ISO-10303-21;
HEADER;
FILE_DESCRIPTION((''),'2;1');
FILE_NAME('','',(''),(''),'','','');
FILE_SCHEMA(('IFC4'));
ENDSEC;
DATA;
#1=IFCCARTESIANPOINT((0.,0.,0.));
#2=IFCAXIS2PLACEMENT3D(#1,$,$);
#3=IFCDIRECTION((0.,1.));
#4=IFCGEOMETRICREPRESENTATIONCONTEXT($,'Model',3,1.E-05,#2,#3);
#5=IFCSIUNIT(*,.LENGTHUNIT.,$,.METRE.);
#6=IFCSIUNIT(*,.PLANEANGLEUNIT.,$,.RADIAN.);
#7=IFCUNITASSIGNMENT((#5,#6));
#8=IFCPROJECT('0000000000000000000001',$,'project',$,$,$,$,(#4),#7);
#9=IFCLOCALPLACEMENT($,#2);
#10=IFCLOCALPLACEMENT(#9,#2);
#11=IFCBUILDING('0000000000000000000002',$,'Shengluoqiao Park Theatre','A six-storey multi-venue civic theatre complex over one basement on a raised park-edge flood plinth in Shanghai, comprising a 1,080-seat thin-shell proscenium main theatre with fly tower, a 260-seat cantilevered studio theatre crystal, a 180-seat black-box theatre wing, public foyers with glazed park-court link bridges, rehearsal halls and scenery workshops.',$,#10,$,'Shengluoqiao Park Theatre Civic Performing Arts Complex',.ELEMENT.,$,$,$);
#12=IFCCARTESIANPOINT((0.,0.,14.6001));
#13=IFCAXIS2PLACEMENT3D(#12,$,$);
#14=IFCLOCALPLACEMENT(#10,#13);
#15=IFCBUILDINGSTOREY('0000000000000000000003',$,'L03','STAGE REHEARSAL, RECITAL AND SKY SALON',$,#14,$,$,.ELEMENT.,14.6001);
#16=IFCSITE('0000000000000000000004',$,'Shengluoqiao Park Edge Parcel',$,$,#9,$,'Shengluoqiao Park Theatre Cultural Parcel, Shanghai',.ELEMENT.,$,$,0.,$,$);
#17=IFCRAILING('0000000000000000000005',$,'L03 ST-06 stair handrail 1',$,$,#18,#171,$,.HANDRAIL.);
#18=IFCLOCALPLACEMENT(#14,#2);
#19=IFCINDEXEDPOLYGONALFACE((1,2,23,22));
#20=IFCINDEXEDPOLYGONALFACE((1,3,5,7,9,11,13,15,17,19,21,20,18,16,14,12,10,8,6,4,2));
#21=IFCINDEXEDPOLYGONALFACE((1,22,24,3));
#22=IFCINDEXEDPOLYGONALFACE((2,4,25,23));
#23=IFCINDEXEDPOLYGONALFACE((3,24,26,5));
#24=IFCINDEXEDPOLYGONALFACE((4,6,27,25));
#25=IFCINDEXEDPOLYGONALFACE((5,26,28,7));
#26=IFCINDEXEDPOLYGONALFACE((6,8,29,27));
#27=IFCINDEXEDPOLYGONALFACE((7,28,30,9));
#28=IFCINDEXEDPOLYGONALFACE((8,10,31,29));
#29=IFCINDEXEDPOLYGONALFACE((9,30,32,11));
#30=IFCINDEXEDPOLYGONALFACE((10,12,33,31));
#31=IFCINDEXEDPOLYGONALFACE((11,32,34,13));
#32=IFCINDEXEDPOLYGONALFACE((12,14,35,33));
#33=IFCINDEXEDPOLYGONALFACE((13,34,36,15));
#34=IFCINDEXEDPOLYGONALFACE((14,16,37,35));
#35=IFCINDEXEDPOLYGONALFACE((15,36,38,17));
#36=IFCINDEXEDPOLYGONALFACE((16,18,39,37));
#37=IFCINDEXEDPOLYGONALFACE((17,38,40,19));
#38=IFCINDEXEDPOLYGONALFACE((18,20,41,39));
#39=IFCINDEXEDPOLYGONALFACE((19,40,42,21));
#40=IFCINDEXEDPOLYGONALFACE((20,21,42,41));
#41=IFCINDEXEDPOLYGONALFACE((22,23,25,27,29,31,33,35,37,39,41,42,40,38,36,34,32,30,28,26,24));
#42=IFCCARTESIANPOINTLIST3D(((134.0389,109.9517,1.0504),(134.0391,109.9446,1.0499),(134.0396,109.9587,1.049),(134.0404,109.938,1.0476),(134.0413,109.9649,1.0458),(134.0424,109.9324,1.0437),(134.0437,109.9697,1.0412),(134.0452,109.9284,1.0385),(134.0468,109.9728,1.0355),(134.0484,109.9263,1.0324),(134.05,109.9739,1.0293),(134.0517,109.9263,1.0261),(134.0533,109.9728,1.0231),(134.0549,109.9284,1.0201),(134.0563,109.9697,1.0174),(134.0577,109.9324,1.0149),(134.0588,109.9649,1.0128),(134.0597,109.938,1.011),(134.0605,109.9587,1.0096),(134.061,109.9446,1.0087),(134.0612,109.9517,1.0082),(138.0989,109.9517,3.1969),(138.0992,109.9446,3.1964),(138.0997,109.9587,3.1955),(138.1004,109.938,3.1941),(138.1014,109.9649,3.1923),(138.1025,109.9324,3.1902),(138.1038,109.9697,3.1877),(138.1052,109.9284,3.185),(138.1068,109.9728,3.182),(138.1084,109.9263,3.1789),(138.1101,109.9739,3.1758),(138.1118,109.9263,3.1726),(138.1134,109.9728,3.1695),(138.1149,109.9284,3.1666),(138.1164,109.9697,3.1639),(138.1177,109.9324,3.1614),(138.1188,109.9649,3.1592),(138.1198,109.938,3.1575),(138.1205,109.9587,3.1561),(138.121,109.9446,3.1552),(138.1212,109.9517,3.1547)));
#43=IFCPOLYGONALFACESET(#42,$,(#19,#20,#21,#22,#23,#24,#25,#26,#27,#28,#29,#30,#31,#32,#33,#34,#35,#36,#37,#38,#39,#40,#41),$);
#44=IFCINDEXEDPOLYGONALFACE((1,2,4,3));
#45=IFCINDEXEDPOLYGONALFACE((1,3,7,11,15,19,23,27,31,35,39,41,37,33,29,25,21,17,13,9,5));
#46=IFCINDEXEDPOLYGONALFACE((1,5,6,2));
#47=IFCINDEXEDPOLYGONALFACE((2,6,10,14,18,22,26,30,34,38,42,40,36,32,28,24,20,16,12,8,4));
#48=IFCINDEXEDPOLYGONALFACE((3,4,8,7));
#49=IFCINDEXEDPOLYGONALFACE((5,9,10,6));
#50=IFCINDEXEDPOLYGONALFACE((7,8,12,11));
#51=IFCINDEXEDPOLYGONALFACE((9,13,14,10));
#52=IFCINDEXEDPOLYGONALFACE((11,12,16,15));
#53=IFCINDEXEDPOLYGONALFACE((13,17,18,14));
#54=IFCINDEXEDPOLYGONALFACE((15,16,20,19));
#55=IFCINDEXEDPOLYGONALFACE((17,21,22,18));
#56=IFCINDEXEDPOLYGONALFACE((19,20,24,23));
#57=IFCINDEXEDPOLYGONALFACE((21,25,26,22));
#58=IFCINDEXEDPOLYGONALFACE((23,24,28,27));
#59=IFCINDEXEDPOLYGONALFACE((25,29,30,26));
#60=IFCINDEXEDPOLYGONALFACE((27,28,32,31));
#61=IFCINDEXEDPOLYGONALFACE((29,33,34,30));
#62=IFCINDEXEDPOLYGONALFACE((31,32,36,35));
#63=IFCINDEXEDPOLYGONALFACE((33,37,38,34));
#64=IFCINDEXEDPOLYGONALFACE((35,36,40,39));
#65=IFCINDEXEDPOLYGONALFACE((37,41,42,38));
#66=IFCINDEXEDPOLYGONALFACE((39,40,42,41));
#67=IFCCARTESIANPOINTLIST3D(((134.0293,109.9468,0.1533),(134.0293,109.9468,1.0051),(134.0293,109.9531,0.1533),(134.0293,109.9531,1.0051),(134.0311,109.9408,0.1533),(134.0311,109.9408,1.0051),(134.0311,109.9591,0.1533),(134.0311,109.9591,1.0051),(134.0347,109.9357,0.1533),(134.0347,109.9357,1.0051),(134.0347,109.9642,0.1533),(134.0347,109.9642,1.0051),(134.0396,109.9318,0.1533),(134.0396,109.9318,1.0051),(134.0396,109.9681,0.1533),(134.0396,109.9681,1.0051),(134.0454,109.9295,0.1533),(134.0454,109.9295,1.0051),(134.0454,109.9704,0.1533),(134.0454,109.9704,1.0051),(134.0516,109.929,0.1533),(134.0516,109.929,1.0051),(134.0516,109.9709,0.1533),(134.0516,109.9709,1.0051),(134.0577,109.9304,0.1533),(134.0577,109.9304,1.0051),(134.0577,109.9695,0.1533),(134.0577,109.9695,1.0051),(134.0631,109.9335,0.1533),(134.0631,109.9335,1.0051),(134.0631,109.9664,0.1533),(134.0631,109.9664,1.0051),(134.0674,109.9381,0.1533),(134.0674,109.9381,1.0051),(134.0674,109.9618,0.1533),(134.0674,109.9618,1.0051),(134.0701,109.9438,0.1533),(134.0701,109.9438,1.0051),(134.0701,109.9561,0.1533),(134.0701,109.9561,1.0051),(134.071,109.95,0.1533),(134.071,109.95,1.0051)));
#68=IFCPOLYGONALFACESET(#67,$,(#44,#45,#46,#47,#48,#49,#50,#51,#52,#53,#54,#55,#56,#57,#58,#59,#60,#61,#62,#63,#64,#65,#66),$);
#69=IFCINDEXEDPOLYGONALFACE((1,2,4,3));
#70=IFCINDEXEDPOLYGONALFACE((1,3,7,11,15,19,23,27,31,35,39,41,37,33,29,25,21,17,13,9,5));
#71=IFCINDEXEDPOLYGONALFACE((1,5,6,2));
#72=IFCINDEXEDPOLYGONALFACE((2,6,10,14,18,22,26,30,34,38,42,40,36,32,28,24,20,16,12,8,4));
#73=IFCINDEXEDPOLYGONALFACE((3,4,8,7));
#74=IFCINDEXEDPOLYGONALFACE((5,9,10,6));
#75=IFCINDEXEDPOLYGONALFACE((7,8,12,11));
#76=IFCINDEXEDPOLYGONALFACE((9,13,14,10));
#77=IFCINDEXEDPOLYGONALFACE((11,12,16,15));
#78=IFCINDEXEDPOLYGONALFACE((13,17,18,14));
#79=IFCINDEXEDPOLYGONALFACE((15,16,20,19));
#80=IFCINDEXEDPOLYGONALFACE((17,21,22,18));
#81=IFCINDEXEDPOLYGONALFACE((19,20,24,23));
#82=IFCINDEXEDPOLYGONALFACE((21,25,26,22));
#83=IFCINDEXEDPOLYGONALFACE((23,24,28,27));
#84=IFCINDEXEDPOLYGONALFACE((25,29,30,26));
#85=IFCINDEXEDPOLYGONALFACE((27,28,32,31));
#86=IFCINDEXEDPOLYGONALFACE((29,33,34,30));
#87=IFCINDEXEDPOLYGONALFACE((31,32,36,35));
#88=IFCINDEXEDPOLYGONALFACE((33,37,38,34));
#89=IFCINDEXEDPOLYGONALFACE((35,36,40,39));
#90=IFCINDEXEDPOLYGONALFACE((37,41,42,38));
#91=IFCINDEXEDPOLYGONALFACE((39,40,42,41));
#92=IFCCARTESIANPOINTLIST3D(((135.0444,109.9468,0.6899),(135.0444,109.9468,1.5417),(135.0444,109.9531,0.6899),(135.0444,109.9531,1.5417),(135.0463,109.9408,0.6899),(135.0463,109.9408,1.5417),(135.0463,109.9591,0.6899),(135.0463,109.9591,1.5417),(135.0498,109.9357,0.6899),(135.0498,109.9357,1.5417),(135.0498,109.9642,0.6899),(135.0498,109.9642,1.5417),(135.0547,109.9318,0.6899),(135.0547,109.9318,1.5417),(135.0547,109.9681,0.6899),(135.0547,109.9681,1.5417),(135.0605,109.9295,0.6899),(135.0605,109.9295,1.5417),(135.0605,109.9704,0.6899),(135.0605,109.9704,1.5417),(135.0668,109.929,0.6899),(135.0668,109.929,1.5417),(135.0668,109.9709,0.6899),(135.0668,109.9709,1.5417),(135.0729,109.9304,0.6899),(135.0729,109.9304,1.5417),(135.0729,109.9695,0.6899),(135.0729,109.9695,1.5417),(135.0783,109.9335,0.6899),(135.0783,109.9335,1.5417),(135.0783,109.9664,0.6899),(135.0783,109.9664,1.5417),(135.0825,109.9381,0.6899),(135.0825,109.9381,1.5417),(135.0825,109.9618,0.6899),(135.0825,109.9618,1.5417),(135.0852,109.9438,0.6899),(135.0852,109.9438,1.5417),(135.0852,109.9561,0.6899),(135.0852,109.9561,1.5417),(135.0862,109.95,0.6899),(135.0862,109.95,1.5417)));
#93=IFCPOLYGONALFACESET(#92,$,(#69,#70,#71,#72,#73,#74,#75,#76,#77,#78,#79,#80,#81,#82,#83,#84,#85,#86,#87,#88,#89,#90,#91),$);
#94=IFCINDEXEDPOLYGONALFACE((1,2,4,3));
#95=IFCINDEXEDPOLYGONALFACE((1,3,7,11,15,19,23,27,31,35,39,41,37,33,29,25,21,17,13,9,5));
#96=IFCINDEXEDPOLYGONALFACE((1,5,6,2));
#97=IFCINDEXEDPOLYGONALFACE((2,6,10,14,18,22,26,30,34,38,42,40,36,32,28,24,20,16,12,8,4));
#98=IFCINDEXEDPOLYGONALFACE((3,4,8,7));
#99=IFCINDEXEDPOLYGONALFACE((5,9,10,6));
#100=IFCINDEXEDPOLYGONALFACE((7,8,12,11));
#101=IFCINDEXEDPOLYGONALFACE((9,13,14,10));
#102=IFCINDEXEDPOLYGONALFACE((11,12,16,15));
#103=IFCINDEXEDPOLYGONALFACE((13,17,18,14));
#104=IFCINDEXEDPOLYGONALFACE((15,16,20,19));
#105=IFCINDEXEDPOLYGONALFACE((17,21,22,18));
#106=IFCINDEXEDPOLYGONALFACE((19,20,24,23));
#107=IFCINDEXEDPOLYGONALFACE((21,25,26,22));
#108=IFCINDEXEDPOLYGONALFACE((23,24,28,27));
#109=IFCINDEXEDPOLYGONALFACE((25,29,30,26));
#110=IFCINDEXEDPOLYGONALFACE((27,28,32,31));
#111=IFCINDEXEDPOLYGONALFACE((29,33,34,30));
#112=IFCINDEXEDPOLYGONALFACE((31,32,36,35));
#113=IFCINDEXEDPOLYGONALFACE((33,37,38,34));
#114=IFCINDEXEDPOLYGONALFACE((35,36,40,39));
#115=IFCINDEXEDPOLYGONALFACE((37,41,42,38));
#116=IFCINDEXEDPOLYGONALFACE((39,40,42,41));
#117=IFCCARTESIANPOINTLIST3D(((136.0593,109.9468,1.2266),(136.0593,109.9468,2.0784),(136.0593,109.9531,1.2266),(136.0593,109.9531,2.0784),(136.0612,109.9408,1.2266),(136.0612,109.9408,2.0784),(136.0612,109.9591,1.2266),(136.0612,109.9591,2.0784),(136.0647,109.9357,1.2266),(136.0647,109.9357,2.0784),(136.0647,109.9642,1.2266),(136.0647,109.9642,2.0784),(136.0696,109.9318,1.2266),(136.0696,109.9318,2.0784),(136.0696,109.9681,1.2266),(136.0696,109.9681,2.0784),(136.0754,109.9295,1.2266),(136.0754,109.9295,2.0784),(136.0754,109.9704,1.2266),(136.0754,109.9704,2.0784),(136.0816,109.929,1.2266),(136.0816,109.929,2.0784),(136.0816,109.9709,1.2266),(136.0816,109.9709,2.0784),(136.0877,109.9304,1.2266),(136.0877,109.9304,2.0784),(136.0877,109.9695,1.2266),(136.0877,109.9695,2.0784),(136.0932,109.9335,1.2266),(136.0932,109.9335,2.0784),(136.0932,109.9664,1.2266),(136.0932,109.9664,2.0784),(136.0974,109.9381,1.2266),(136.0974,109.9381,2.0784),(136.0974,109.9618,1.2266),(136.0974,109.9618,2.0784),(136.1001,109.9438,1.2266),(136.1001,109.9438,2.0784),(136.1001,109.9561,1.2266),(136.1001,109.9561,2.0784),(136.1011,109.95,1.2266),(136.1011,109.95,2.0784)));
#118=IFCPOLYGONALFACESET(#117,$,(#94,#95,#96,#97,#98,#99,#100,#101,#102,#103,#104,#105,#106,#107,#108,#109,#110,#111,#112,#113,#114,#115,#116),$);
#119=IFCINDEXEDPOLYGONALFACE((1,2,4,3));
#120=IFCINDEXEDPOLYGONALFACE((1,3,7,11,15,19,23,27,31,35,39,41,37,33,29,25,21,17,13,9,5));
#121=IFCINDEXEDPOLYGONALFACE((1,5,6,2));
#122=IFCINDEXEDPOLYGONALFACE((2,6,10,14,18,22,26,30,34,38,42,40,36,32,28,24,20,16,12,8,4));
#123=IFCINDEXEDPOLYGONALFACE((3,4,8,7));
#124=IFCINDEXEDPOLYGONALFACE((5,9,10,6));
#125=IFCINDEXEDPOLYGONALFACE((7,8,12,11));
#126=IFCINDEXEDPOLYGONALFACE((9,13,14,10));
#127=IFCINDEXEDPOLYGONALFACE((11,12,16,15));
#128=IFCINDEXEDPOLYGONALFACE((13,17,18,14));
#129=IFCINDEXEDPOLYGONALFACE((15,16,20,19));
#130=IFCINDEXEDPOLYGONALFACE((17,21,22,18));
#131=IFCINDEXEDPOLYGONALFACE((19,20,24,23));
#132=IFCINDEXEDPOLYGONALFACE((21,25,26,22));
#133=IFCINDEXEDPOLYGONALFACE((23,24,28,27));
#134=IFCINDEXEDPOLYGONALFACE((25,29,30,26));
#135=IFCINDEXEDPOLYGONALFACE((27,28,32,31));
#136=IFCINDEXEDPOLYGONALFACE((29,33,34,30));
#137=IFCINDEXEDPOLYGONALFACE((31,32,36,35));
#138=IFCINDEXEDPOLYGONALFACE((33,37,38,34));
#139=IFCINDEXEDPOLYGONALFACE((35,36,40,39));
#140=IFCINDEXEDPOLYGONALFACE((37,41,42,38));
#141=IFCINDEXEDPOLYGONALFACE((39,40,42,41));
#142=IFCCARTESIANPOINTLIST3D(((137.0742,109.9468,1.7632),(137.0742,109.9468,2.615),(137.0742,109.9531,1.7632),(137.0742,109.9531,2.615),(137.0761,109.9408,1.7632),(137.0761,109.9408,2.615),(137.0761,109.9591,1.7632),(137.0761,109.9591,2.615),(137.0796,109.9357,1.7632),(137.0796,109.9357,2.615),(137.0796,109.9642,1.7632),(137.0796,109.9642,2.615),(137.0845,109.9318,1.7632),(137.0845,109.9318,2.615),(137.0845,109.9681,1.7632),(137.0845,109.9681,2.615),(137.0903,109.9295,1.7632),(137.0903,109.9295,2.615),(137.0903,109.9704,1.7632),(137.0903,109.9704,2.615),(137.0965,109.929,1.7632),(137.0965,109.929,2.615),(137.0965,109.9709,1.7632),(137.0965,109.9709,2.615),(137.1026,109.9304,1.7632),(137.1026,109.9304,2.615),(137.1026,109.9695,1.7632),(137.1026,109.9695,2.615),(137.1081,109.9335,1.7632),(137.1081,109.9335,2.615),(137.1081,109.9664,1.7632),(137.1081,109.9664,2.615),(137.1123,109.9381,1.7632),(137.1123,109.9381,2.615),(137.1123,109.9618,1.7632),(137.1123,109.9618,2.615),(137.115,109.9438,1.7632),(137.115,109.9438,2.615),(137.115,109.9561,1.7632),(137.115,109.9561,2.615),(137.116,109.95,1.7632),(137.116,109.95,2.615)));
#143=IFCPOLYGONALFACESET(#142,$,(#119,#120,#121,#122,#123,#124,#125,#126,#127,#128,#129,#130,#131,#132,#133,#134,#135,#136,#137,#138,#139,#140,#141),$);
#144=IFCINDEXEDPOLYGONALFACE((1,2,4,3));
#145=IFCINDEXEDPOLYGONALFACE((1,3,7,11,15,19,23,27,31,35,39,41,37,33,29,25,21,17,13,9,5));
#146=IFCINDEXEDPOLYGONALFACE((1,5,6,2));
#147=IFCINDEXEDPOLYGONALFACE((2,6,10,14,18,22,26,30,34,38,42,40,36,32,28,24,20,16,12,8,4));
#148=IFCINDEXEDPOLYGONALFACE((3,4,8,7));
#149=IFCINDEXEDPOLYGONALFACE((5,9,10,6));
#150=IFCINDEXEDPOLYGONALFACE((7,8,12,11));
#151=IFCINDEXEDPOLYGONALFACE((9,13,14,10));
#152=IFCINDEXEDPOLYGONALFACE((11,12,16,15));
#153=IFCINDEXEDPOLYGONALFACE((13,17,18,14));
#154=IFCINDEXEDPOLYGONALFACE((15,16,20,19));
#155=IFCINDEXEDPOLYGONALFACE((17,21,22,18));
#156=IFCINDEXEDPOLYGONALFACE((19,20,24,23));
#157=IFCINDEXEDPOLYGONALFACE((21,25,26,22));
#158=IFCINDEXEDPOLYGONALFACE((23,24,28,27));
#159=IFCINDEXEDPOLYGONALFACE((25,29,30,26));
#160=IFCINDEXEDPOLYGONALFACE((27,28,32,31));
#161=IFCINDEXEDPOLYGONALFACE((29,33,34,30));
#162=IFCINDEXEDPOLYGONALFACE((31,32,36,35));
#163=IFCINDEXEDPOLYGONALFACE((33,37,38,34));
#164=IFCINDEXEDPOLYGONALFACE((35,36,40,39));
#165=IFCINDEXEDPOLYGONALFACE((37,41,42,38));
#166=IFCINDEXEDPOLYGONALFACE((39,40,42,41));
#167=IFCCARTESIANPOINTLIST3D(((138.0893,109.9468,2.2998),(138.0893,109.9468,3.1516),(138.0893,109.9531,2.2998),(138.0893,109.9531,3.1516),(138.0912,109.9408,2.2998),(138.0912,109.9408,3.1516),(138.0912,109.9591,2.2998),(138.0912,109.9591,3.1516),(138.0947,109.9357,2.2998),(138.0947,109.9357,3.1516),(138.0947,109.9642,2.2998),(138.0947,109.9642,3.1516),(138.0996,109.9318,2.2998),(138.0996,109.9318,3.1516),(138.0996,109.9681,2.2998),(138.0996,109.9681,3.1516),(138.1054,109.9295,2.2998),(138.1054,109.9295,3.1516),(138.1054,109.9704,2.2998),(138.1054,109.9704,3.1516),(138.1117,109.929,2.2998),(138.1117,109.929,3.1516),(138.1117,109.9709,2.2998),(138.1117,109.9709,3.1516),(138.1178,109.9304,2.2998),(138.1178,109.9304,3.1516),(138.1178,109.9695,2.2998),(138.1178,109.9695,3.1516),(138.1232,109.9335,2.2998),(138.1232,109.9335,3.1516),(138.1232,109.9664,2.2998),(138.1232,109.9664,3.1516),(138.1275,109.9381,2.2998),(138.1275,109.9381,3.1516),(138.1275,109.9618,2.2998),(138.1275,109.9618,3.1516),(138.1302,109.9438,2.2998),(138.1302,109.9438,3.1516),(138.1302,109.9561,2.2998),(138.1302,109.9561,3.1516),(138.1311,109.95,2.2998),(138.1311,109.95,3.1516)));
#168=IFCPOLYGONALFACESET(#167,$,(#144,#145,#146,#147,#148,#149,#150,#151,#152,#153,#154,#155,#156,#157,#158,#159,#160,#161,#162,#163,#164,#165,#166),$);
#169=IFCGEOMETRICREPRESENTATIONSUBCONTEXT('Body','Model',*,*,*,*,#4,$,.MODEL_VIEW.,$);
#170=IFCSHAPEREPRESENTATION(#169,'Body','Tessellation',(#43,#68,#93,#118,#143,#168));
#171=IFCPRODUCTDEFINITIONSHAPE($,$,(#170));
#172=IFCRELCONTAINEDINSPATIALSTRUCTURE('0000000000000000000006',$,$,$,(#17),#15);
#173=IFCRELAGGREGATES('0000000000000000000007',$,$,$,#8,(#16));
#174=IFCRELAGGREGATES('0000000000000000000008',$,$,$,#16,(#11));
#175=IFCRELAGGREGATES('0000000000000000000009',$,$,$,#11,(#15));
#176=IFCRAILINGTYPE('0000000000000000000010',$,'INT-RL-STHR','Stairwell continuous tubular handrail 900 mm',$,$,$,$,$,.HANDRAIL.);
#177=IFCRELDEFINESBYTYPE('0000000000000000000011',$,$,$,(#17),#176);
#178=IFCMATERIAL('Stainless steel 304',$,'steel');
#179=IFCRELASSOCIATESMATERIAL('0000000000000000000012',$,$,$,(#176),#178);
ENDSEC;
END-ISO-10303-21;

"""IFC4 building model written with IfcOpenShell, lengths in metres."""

from ifc_helpers import new_model, si_unit, direction, frame, origin, origin_2d, place, context, subcontext, project, spatial, circle, extrude, material, type_object, element, save


model = new_model("IFC4")

# Units and contexts
model_context = context("Model", 3, precision=1e-05, world=origin(), true_north=direction((0.0, 1.0)))
body_context = subcontext(model_context, "Body", "Model", "MODEL_VIEW")
ifc_project = project(units=[si_unit("LENGTHUNIT", "METRE"), si_unit("PLANEANGLEUNIT", "RADIAN")], contexts=[model_context])

# Site, building, storey
site_placement = place(None, origin())
site = spatial("IfcSite", under=ifc_project, at=site_placement, Name="Shengluoqiao Park Edge Parcel", LongName="Shengluoqiao Park Theatre Cultural Parcel, Shanghai", CompositionType="ELEMENT", RefElevation=0.0)
building_placement = place(site_placement, origin())
building = spatial("IfcBuilding", under=site, at=building_placement, Name="Shengluoqiao Park Theatre", Description="A six-storey multi-venue civic theatre complex over one basement on a raised park-edge flood plinth in Shanghai, comprising a 1,080-seat thin-shell proscenium main theatre with fly tower, a 260-seat cantilevered studio theatre crystal, a 180-seat black-box theatre wing, public foyers with glazed park-court link bridges, rehearsal halls and scenery workshops.", LongName="Shengluoqiao Park Theatre Civic Performing Arts Complex", CompositionType="ELEMENT")
storey_placement = place(building_placement, frame((0.0, 0.0, 14.6001)))
storey = spatial("IfcBuildingStorey", under=building, at=storey_placement, Name="L03", Description="STAGE REHEARSAL, RECITAL AND SKY SALON", CompositionType="ELEMENT", Elevation=14.6001)

# Railing
ifc_material_1 = material(Name="Stainless steel 304", Category="steel")
railing_type_1 = type_object("IfcRailingType", Name="INT-RL-STHR", Description="Stairwell continuous tubular handrail 900 mm", PredefinedType="HANDRAIL", material=ifc_material_1)
railing_1_placement = place(storey_placement, frame((134.05, 109.95, 0.1533)))
element("IfcRailing", 1, at=railing_1_placement, inside=storey, type_object=railing_type_1, Name="L03 ST-06 stair handrail 1", PredefinedType="HANDRAIL", context=body_context, shape_type="SweptSolid", body=[
    extrude(circle(Radius=0.0239, at=origin_2d()), frame((0.0, 0.0, 0.876), z_axis=(0.884054, 0.0, 0.467384), x_axis=(0.0, 1.0, 0.0)), (0.0, 0.0, 1.0), 4.5925),
    extrude(circle(Radius=0.021, at=origin_2d()), origin(), (0.0, 0.0, 1.0), 0.8518),
    extrude(circle(Radius=0.021, at=origin_2d()), frame((1.0151, 0.0, 0.5366)), (0.0, 0.0, 1.0), 0.8518),
    extrude(circle(Radius=0.021, at=origin_2d()), frame((2.03, 0.0, 1.0732)), (0.0, 0.0, 1.0), 0.8518),
    extrude(circle(Radius=0.021, at=origin_2d()), frame((3.0449, 0.0, 1.6099)), (0.0, 0.0, 1.0), 0.8518),
    extrude(circle(Radius=0.021, at=origin_2d()), frame((4.0601, 0.0, 2.1465)), (0.0, 0.0, 1.0), 0.8518),
])

save(model, "model.ifc")
